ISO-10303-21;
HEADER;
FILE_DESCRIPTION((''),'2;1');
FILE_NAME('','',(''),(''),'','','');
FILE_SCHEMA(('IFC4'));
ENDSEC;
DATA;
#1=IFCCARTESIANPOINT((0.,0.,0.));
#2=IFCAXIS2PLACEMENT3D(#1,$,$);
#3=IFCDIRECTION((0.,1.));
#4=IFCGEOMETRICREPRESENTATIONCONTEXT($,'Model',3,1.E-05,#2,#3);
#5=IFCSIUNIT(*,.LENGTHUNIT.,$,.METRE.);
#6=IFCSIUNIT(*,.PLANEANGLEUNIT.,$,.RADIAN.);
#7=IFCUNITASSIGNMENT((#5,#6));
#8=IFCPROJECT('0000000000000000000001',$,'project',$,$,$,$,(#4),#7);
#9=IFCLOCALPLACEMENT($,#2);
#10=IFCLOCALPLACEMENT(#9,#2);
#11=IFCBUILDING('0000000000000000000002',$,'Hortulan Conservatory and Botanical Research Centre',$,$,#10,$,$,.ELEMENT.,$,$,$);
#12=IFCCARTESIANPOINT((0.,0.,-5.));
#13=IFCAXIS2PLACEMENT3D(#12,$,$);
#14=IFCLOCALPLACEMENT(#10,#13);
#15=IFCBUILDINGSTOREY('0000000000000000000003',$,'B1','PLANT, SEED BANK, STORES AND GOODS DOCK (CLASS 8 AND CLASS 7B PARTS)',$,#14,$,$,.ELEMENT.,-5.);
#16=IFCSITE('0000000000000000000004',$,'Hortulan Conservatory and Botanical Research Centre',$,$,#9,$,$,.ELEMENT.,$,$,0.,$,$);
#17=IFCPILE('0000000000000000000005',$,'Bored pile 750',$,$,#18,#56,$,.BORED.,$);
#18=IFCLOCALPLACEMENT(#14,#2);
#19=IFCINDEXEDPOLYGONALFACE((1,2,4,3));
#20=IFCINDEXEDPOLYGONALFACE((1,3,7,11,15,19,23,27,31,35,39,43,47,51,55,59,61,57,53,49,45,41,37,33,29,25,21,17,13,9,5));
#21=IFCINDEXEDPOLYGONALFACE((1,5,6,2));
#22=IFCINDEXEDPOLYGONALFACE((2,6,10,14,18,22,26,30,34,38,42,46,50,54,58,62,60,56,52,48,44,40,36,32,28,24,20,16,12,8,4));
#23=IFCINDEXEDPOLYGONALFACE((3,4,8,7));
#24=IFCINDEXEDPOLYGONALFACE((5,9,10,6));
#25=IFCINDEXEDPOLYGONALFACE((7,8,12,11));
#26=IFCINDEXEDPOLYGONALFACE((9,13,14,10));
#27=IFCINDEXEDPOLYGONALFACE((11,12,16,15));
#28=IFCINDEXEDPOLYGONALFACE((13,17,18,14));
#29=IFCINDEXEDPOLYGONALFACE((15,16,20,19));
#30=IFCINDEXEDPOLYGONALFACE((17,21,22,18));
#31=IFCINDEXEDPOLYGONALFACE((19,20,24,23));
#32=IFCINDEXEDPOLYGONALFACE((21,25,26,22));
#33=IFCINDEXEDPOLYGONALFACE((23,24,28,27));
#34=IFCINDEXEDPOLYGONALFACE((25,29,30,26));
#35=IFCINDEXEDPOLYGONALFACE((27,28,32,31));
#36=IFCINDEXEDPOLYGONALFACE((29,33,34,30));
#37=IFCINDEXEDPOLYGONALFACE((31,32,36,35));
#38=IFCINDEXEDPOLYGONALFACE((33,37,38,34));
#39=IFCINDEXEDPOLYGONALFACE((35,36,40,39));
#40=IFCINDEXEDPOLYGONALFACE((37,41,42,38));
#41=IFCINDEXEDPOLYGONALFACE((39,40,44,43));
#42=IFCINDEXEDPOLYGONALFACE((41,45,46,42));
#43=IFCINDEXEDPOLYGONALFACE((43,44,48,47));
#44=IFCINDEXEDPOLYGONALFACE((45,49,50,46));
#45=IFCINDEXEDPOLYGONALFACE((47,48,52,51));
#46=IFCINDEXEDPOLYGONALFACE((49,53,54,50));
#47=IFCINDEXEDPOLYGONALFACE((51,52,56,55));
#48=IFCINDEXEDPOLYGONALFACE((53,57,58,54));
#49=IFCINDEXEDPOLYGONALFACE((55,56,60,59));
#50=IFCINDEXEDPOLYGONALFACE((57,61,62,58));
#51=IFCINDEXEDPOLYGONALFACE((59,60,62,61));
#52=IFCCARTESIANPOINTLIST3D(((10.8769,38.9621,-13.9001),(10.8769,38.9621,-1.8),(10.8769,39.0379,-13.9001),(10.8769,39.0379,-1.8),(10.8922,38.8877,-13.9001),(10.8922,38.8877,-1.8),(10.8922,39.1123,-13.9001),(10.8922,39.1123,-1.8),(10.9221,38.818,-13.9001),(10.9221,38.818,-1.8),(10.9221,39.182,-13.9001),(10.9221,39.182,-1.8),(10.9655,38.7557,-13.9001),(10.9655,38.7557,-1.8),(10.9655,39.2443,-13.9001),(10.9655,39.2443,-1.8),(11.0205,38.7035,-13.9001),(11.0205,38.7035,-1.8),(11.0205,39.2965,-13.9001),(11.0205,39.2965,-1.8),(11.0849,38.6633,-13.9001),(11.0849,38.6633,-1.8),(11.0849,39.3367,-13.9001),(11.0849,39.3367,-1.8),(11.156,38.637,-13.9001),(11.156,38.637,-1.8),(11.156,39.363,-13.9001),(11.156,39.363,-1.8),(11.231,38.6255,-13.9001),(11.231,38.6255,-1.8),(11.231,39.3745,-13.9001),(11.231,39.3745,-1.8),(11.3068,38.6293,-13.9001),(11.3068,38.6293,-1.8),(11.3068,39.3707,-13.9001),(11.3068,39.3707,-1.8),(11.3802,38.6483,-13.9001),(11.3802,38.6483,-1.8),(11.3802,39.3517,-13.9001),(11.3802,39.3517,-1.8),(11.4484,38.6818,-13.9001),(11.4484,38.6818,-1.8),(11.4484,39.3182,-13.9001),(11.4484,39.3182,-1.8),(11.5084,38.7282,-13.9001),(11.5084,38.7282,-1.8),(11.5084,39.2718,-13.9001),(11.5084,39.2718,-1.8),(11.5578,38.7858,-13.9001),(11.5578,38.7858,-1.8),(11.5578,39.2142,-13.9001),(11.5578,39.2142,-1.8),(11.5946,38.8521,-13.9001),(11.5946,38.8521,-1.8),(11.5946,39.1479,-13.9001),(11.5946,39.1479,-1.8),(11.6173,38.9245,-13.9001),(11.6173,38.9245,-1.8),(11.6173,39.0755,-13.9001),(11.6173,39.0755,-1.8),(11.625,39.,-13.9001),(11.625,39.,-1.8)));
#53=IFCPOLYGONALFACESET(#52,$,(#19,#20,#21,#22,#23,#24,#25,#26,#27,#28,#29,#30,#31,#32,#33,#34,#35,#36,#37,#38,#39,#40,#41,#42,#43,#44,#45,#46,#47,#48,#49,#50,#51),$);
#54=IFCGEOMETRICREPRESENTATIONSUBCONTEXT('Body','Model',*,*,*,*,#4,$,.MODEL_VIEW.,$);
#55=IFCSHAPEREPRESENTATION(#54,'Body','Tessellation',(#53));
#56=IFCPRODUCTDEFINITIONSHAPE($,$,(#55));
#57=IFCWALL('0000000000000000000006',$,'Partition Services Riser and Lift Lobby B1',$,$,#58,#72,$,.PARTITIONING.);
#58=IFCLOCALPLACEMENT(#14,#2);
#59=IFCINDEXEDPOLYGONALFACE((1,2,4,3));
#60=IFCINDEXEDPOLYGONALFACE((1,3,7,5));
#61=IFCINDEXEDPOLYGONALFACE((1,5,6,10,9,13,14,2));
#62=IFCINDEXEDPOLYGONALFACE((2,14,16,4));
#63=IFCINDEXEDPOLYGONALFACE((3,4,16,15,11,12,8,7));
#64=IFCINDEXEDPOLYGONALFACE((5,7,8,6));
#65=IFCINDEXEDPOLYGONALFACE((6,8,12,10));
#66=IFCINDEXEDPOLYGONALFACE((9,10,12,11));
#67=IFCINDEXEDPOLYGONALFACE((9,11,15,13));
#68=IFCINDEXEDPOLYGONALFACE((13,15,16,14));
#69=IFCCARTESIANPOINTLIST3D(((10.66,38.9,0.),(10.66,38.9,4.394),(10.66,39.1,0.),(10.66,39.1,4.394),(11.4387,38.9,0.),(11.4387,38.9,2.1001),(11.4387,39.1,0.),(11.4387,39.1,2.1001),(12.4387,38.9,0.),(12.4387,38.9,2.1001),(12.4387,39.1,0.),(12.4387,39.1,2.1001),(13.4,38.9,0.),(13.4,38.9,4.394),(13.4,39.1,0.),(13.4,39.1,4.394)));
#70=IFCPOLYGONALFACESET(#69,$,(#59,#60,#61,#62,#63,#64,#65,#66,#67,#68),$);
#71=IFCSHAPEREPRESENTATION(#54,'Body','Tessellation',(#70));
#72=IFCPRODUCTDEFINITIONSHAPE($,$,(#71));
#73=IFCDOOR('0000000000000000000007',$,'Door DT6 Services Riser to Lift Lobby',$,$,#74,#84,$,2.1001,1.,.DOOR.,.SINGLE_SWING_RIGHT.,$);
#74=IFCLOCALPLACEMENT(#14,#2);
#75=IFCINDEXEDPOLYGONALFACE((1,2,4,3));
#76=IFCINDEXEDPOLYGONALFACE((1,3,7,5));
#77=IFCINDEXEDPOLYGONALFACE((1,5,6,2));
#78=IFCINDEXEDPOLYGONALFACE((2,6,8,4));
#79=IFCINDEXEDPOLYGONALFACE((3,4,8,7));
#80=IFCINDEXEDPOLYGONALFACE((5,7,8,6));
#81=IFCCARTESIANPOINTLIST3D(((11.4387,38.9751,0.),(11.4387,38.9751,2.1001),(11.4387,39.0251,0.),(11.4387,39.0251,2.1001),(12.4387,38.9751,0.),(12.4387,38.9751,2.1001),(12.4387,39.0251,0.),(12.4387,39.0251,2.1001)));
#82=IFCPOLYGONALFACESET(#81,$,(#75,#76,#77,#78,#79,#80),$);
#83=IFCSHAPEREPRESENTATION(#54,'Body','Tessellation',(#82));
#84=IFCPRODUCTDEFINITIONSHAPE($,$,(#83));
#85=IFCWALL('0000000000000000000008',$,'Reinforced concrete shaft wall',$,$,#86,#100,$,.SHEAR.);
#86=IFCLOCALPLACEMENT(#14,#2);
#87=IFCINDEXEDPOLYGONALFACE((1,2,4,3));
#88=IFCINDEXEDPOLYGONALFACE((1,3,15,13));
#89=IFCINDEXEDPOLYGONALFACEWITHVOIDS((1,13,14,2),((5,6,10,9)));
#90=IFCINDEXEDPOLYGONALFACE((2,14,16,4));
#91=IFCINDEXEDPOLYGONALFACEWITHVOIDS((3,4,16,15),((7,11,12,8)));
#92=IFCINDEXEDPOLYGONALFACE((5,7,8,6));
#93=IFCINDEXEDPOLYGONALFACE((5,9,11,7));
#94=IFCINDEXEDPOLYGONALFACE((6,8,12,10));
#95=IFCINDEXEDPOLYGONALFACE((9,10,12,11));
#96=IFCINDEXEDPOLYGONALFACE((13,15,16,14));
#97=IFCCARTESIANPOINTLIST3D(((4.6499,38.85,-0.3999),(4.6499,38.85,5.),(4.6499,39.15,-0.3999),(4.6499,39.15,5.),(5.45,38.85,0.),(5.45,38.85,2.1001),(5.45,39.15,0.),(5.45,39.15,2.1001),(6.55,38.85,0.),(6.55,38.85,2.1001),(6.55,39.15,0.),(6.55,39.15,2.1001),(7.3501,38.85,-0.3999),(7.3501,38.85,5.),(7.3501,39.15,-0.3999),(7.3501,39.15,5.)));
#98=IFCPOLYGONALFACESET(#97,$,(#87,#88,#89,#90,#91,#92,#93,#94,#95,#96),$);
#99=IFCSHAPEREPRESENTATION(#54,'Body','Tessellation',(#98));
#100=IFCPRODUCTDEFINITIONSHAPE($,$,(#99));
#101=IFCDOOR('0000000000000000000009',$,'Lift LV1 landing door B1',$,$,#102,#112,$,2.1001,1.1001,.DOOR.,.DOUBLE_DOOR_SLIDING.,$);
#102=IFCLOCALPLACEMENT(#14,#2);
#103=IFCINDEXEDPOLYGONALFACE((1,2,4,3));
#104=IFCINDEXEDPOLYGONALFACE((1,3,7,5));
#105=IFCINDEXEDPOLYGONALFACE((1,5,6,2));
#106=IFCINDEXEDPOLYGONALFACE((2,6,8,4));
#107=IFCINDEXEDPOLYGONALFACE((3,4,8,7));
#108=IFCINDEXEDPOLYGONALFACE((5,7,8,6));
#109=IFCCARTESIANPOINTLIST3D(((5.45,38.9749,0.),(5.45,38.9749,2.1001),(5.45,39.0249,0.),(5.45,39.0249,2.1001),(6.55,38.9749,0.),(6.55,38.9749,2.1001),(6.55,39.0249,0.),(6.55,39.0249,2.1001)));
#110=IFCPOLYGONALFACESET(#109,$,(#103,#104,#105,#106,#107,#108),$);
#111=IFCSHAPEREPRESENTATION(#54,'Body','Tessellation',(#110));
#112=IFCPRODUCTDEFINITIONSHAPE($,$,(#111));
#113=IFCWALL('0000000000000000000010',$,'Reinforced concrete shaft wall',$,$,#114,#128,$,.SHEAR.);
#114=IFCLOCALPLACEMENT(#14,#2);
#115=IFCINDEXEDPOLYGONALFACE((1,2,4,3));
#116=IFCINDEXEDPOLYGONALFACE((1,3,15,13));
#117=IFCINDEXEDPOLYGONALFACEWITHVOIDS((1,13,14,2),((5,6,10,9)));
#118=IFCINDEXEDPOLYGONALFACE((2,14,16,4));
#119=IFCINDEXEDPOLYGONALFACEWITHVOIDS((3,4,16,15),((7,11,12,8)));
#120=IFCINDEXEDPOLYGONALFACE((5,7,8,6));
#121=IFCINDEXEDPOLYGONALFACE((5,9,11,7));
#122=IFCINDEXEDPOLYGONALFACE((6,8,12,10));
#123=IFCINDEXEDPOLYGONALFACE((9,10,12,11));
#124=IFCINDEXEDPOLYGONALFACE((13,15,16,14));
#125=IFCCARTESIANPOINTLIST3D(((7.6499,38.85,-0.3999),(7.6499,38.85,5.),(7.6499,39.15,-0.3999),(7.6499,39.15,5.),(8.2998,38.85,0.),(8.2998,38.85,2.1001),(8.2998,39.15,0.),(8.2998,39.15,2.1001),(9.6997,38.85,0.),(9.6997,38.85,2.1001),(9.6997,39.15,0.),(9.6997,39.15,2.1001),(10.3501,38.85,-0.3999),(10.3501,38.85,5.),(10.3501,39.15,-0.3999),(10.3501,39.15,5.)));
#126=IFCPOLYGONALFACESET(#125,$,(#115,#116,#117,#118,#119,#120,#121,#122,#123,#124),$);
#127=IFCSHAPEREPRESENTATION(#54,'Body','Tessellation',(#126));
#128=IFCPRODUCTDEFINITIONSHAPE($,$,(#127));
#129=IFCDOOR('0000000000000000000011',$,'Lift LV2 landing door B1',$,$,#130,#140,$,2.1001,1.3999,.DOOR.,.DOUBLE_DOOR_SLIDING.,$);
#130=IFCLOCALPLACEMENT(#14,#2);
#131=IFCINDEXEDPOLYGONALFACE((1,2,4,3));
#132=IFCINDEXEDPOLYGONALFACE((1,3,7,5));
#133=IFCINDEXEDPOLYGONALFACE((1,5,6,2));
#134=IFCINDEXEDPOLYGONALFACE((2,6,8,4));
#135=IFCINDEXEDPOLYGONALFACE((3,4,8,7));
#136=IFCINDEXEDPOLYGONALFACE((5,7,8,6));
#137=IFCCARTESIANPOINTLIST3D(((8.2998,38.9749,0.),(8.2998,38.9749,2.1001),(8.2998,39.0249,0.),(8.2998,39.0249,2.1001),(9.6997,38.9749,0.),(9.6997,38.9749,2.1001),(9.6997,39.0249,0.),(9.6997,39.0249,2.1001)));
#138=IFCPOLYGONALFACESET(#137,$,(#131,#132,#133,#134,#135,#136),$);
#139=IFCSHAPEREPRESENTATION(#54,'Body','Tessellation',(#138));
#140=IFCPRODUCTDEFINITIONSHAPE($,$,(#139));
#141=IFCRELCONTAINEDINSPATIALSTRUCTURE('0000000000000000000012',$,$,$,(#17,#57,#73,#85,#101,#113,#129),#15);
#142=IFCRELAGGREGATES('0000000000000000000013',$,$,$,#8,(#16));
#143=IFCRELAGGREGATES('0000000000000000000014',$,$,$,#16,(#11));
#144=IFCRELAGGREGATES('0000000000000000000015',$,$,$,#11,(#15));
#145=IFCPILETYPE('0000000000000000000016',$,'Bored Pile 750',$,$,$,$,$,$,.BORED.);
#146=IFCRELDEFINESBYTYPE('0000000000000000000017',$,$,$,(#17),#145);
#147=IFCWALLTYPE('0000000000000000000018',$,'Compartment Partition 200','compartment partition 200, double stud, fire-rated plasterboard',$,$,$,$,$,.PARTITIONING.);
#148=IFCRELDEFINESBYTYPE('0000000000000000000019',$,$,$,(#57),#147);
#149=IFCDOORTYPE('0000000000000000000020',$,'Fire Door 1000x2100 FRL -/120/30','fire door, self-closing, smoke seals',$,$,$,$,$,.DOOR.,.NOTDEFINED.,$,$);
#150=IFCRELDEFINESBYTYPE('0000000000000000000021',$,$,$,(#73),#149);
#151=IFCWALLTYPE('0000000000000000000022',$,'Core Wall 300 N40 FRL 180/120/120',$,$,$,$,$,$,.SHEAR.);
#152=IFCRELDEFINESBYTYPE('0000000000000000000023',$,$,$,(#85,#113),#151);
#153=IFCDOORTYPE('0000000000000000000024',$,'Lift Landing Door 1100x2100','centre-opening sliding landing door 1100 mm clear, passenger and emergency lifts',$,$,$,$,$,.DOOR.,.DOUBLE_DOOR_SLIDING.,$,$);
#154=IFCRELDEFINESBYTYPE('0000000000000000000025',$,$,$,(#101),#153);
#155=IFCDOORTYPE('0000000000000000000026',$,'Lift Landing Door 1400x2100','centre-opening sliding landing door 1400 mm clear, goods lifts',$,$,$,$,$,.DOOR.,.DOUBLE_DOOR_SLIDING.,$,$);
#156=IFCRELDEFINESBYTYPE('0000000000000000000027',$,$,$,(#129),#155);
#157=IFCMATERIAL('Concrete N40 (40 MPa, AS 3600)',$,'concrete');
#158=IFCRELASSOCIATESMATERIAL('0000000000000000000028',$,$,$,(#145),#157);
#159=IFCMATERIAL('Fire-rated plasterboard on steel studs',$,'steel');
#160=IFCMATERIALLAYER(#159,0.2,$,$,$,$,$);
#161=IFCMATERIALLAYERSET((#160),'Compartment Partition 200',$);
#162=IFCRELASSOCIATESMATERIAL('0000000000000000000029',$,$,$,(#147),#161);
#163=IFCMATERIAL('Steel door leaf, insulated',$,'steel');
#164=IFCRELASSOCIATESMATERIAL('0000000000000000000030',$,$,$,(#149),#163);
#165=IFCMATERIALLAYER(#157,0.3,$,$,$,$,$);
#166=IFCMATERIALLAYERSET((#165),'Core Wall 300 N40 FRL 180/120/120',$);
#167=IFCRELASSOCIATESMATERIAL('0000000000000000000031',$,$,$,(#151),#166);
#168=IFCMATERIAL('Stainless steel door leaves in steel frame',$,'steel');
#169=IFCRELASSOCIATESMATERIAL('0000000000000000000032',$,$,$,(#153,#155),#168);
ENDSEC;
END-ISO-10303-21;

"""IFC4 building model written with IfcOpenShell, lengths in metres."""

from ifc_helpers import new_model, si_unit, direction, frame, frame_2d, origin, origin_2d, place, context, subcontext, project, spatial, rectangle, circle, extrude, material, layer, layer_set, material_profile, profile_set, type_object, element, fill, save


model = new_model("IFC4")

# Units and contexts
model_context = context("Model", 3, precision=1e-05, world=origin(), true_north=direction((0.0, 1.0)))
body_context = subcontext(model_context, "Body", "Model", "MODEL_VIEW")
ifc_project = project(units=[si_unit("LENGTHUNIT", "METRE"), si_unit("PLANEANGLEUNIT", "RADIAN")], contexts=[model_context])

# Site, building, storey
site_placement = place(None, origin())
site = spatial("IfcSite", under=ifc_project, at=site_placement, Name="Hortulan Conservatory and Botanical Research Centre", CompositionType="ELEMENT", RefElevation=0.0)
building_placement = place(site_placement, origin())
building = spatial("IfcBuilding", under=site, at=building_placement, Name="Hortulan Conservatory and Botanical Research Centre", CompositionType="ELEMENT")
storey_placement = place(building_placement, frame((0.0, 0.0, -5.0)))
storey = spatial("IfcBuildingStorey", under=building, at=storey_placement, Name="B1", Description="PLANT, SEED BANK, STORES AND GOODS DOCK (CLASS 8 AND CLASS 7B PARTS)", CompositionType="ELEMENT", Elevation=-5.0)

# Pile
ifc_material_1 = material(Name="Concrete N40 (40 MPa, AS 3600)", Category="concrete")
ifc_material_profile = material_profile(ifc_material_1, circle(Radius=0.375, at=origin_2d()), Name="Bored pile 750 diameter")
ifc_profile_set = profile_set([ifc_material_profile], Name="Concrete N40 (40 MPa, AS 3600)")
pile_type = type_object("IfcPileType", Name="Bored Pile 750", PredefinedType="BORED", material=ifc_profile_set)
for number, where, z_axis, x_axis, name in (
    (1, (11.25, 39.0, -1.8), (0.0, 0.0, -1.0), (1.0, 0.0, 0.0), "Bored pile 750"),
):
    element("IfcPile", number, at=place(storey_placement, frame(where, z_axis=z_axis, x_axis=x_axis)), inside=storey, type_object=pile_type, Name=name, PredefinedType="BORED", context=body_context, shape_type="SweptSolid", body=[
        extrude(circle(Radius=0.375, at=origin_2d()), origin(), (0.0, 0.0, 1.0), 12.1001),
    ])

# Walls, openings, doors
ifc_material_2 = material(Name="Fire-rated plasterboard on steel studs", Category="steel")
ifc_layer_1 = layer(ifc_material_2, 0.2)
ifc_layer_set_1 = layer_set([ifc_layer_1], Name="Compartment Partition 200")
wall_type_1 = type_object("IfcWallType", Name="Compartment Partition 200", Description="compartment partition 200, double stud, fire-rated plasterboard", PredefinedType="PARTITIONING", material=ifc_layer_set_1)
wall_1_placement = place(storey_placement, frame((10.6599, 39.0, 0.0), z_axis=(0.0, 0.0, 1.0), x_axis=(1.0, 0.0, 0.0)))
wall_1 = element("IfcWall", 2, at=wall_1_placement, inside=storey, type_object=wall_type_1, Name="Partition Services Riser and Lift Lobby B1", PredefinedType="PARTITIONING", context=body_context, shape_type="SweptSolid", body=[
    extrude(rectangle(XDim=2.74, YDim=0.2, at=frame_2d((1.3701, 0.0))), origin(), (0.0, 0.0, 1.0), 4.394),
])
opening_1_placement = place(wall_1_placement, frame((0.7788, 0.0, 0.0)))
opening_1 = element("IfcOpeningElement", 3, at=opening_1_placement, cuts=wall_1, PredefinedType="OPENING", context=body_context, shape_type="SweptSolid", body=[
    extrude(rectangle(XDim=1.0, YDim=2.1001, at=frame_2d((0.5, 1.05))), frame((0.0, 0.1099, 0.0), z_axis=(0.0, -1.0, 0.0), x_axis=(1.0, 0.0, 0.0)), (0.0, 0.0, 1.0), 0.22),
])
ifc_material_3 = material(Name="Steel door leaf, insulated", Category="steel")
door_type_1 = type_object("IfcDoorType", Name="Fire Door 1000x2100 FRL -/120/30", Description="fire door, self-closing, smoke seals", OperationType="NOTDEFINED", PredefinedType="DOOR", material=ifc_material_3)
door_1_placement = place(opening_1_placement, frame((1.0, 0.0, 0.0), z_axis=(0.0, 0.0, 1.0), x_axis=(-1.0, 0.0, 0.0)))
door_1 = element("IfcDoor", 4, at=door_1_placement, inside=storey, type_object=door_type_1, Name="Door DT6 Services Riser to Lift Lobby", OperationType="SINGLE_SWING_RIGHT", OverallHeight=2.1001, OverallWidth=1.0, PredefinedType="DOOR", context=body_context, shape_type="SweptSolid", body=[
    extrude(rectangle(XDim=1.0, YDim=2.1001, at=frame_2d((0.5, 1.05))), frame((0.0, 0.0249, 0.0), z_axis=(0.0, -1.0, 0.0), x_axis=(1.0, 0.0, 0.0)), (0.0, 0.0, 1.0), 0.05),
])
fill(opening_1, door_1)
ifc_layer_2 = layer(ifc_material_1, 0.3)
ifc_layer_set_2 = layer_set([ifc_layer_2], Name="Core Wall 300 N40 FRL 180/120/120")
wall_type_2 = type_object("IfcWallType", Name="Core Wall 300 N40 FRL 180/120/120", PredefinedType="SHEAR", material=ifc_layer_set_2)
wall_2_placement = place(storey_placement, frame((4.6499, 39.0, -0.3999), z_axis=(0.0, 0.0, 1.0), x_axis=(1.0, 0.0, 0.0)))
wall_2 = element("IfcWall", 5, at=wall_2_placement, inside=storey, type_object=wall_type_2, Name="Reinforced concrete shaft wall", PredefinedType="SHEAR", context=body_context, shape_type="SweptSolid", body=[
    extrude(rectangle(XDim=2.7002, YDim=0.3, at=frame_2d((1.3501, 0.0))), origin(), (0.0, 0.0, 1.0), 5.3999),
])
opening_2_placement = place(wall_2_placement, frame((0.8, 0.0, 0.3999)))
opening_2 = element("IfcOpeningElement", 6, at=opening_2_placement, cuts=wall_2, PredefinedType="OPENING", context=body_context, shape_type="SweptSolid", body=[
    extrude(rectangle(XDim=1.1001, YDim=2.1001, at=frame_2d((0.55, 1.05))), frame((0.0, 0.1599, 0.0), z_axis=(0.0, -1.0, 0.0), x_axis=(1.0, 0.0, 0.0)), (0.0, 0.0, 1.0), 0.3201),
])
ifc_material_4 = material(Name="Stainless steel door leaves in steel frame", Category="steel")
door_type_2 = type_object("IfcDoorType", Name="Lift Landing Door 1100x2100", Description="centre-opening sliding landing door 1100 mm clear, passenger and emergency lifts", OperationType="DOUBLE_DOOR_SLIDING", PredefinedType="DOOR", material=ifc_material_4)
door_2_placement = place(opening_2_placement, origin())
door_2 = element("IfcDoor", 7, at=door_2_placement, inside=storey, type_object=door_type_2, Name="Lift LV1 landing door B1", OperationType="DOUBLE_DOOR_SLIDING", OverallHeight=2.1001, OverallWidth=1.1001, PredefinedType="DOOR", context=body_context, shape_type="SweptSolid", body=[
    extrude(rectangle(XDim=1.1001, YDim=2.1001, at=frame_2d((0.55, 1.05))), frame((0.0, 0.0249, 0.0), z_axis=(0.0, -1.0, 0.0), x_axis=(1.0, 0.0, 0.0)), (0.0, 0.0, 1.0), 0.05),
])
fill(opening_2, door_2)
wall_3_placement = place(storey_placement, frame((7.6499, 39.0, -0.3999), z_axis=(0.0, 0.0, 1.0), x_axis=(1.0, 0.0, 0.0)))
wall_3 = element("IfcWall", 8, at=wall_3_placement, inside=storey, type_object=wall_type_2, Name="Reinforced concrete shaft wall", PredefinedType="SHEAR", context=body_context, shape_type="SweptSolid", body=[
    extrude(rectangle(XDim=2.7002, YDim=0.3, at=frame_2d((1.3501, 0.0))), origin(), (0.0, 0.0, 1.0), 5.3999),
])
opening_3_placement = place(wall_3_placement, frame((0.6499, 0.0, 0.3999)))
opening_3 = element("IfcOpeningElement", 9, at=opening_3_placement, cuts=wall_3, PredefinedType="OPENING", context=body_context, shape_type="SweptSolid", body=[
    extrude(rectangle(XDim=1.3999, YDim=2.1001, at=frame_2d((0.7, 1.05))), frame((0.0, 0.1599, 0.0), z_axis=(0.0, -1.0, 0.0), x_axis=(1.0, 0.0, 0.0)), (0.0, 0.0, 1.0), 0.3201),
])
door_type_3 = type_object("IfcDoorType", Name="Lift Landing Door 1400x2100", Description="centre-opening sliding landing door 1400 mm clear, goods lifts", OperationType="DOUBLE_DOOR_SLIDING", PredefinedType="DOOR", material=ifc_material_4)
door_3_placement = place(opening_3_placement, origin())
door_3 = element("IfcDoor", 10, at=door_3_placement, inside=storey, type_object=door_type_3, Name="Lift LV2 landing door B1", OperationType="DOUBLE_DOOR_SLIDING", OverallHeight=2.1001, OverallWidth=1.3999, PredefinedType="DOOR", context=body_context, shape_type="SweptSolid", body=[
    extrude(rectangle(XDim=1.3999, YDim=2.1001, at=frame_2d((0.7, 1.05))), frame((0.0, 0.0249, 0.0), z_axis=(0.0, -1.0, 0.0), x_axis=(1.0, 0.0, 0.0)), (0.0, 0.0, 1.0), 0.05),
])
fill(opening_3, door_3)

save(model, "model.ifc")
